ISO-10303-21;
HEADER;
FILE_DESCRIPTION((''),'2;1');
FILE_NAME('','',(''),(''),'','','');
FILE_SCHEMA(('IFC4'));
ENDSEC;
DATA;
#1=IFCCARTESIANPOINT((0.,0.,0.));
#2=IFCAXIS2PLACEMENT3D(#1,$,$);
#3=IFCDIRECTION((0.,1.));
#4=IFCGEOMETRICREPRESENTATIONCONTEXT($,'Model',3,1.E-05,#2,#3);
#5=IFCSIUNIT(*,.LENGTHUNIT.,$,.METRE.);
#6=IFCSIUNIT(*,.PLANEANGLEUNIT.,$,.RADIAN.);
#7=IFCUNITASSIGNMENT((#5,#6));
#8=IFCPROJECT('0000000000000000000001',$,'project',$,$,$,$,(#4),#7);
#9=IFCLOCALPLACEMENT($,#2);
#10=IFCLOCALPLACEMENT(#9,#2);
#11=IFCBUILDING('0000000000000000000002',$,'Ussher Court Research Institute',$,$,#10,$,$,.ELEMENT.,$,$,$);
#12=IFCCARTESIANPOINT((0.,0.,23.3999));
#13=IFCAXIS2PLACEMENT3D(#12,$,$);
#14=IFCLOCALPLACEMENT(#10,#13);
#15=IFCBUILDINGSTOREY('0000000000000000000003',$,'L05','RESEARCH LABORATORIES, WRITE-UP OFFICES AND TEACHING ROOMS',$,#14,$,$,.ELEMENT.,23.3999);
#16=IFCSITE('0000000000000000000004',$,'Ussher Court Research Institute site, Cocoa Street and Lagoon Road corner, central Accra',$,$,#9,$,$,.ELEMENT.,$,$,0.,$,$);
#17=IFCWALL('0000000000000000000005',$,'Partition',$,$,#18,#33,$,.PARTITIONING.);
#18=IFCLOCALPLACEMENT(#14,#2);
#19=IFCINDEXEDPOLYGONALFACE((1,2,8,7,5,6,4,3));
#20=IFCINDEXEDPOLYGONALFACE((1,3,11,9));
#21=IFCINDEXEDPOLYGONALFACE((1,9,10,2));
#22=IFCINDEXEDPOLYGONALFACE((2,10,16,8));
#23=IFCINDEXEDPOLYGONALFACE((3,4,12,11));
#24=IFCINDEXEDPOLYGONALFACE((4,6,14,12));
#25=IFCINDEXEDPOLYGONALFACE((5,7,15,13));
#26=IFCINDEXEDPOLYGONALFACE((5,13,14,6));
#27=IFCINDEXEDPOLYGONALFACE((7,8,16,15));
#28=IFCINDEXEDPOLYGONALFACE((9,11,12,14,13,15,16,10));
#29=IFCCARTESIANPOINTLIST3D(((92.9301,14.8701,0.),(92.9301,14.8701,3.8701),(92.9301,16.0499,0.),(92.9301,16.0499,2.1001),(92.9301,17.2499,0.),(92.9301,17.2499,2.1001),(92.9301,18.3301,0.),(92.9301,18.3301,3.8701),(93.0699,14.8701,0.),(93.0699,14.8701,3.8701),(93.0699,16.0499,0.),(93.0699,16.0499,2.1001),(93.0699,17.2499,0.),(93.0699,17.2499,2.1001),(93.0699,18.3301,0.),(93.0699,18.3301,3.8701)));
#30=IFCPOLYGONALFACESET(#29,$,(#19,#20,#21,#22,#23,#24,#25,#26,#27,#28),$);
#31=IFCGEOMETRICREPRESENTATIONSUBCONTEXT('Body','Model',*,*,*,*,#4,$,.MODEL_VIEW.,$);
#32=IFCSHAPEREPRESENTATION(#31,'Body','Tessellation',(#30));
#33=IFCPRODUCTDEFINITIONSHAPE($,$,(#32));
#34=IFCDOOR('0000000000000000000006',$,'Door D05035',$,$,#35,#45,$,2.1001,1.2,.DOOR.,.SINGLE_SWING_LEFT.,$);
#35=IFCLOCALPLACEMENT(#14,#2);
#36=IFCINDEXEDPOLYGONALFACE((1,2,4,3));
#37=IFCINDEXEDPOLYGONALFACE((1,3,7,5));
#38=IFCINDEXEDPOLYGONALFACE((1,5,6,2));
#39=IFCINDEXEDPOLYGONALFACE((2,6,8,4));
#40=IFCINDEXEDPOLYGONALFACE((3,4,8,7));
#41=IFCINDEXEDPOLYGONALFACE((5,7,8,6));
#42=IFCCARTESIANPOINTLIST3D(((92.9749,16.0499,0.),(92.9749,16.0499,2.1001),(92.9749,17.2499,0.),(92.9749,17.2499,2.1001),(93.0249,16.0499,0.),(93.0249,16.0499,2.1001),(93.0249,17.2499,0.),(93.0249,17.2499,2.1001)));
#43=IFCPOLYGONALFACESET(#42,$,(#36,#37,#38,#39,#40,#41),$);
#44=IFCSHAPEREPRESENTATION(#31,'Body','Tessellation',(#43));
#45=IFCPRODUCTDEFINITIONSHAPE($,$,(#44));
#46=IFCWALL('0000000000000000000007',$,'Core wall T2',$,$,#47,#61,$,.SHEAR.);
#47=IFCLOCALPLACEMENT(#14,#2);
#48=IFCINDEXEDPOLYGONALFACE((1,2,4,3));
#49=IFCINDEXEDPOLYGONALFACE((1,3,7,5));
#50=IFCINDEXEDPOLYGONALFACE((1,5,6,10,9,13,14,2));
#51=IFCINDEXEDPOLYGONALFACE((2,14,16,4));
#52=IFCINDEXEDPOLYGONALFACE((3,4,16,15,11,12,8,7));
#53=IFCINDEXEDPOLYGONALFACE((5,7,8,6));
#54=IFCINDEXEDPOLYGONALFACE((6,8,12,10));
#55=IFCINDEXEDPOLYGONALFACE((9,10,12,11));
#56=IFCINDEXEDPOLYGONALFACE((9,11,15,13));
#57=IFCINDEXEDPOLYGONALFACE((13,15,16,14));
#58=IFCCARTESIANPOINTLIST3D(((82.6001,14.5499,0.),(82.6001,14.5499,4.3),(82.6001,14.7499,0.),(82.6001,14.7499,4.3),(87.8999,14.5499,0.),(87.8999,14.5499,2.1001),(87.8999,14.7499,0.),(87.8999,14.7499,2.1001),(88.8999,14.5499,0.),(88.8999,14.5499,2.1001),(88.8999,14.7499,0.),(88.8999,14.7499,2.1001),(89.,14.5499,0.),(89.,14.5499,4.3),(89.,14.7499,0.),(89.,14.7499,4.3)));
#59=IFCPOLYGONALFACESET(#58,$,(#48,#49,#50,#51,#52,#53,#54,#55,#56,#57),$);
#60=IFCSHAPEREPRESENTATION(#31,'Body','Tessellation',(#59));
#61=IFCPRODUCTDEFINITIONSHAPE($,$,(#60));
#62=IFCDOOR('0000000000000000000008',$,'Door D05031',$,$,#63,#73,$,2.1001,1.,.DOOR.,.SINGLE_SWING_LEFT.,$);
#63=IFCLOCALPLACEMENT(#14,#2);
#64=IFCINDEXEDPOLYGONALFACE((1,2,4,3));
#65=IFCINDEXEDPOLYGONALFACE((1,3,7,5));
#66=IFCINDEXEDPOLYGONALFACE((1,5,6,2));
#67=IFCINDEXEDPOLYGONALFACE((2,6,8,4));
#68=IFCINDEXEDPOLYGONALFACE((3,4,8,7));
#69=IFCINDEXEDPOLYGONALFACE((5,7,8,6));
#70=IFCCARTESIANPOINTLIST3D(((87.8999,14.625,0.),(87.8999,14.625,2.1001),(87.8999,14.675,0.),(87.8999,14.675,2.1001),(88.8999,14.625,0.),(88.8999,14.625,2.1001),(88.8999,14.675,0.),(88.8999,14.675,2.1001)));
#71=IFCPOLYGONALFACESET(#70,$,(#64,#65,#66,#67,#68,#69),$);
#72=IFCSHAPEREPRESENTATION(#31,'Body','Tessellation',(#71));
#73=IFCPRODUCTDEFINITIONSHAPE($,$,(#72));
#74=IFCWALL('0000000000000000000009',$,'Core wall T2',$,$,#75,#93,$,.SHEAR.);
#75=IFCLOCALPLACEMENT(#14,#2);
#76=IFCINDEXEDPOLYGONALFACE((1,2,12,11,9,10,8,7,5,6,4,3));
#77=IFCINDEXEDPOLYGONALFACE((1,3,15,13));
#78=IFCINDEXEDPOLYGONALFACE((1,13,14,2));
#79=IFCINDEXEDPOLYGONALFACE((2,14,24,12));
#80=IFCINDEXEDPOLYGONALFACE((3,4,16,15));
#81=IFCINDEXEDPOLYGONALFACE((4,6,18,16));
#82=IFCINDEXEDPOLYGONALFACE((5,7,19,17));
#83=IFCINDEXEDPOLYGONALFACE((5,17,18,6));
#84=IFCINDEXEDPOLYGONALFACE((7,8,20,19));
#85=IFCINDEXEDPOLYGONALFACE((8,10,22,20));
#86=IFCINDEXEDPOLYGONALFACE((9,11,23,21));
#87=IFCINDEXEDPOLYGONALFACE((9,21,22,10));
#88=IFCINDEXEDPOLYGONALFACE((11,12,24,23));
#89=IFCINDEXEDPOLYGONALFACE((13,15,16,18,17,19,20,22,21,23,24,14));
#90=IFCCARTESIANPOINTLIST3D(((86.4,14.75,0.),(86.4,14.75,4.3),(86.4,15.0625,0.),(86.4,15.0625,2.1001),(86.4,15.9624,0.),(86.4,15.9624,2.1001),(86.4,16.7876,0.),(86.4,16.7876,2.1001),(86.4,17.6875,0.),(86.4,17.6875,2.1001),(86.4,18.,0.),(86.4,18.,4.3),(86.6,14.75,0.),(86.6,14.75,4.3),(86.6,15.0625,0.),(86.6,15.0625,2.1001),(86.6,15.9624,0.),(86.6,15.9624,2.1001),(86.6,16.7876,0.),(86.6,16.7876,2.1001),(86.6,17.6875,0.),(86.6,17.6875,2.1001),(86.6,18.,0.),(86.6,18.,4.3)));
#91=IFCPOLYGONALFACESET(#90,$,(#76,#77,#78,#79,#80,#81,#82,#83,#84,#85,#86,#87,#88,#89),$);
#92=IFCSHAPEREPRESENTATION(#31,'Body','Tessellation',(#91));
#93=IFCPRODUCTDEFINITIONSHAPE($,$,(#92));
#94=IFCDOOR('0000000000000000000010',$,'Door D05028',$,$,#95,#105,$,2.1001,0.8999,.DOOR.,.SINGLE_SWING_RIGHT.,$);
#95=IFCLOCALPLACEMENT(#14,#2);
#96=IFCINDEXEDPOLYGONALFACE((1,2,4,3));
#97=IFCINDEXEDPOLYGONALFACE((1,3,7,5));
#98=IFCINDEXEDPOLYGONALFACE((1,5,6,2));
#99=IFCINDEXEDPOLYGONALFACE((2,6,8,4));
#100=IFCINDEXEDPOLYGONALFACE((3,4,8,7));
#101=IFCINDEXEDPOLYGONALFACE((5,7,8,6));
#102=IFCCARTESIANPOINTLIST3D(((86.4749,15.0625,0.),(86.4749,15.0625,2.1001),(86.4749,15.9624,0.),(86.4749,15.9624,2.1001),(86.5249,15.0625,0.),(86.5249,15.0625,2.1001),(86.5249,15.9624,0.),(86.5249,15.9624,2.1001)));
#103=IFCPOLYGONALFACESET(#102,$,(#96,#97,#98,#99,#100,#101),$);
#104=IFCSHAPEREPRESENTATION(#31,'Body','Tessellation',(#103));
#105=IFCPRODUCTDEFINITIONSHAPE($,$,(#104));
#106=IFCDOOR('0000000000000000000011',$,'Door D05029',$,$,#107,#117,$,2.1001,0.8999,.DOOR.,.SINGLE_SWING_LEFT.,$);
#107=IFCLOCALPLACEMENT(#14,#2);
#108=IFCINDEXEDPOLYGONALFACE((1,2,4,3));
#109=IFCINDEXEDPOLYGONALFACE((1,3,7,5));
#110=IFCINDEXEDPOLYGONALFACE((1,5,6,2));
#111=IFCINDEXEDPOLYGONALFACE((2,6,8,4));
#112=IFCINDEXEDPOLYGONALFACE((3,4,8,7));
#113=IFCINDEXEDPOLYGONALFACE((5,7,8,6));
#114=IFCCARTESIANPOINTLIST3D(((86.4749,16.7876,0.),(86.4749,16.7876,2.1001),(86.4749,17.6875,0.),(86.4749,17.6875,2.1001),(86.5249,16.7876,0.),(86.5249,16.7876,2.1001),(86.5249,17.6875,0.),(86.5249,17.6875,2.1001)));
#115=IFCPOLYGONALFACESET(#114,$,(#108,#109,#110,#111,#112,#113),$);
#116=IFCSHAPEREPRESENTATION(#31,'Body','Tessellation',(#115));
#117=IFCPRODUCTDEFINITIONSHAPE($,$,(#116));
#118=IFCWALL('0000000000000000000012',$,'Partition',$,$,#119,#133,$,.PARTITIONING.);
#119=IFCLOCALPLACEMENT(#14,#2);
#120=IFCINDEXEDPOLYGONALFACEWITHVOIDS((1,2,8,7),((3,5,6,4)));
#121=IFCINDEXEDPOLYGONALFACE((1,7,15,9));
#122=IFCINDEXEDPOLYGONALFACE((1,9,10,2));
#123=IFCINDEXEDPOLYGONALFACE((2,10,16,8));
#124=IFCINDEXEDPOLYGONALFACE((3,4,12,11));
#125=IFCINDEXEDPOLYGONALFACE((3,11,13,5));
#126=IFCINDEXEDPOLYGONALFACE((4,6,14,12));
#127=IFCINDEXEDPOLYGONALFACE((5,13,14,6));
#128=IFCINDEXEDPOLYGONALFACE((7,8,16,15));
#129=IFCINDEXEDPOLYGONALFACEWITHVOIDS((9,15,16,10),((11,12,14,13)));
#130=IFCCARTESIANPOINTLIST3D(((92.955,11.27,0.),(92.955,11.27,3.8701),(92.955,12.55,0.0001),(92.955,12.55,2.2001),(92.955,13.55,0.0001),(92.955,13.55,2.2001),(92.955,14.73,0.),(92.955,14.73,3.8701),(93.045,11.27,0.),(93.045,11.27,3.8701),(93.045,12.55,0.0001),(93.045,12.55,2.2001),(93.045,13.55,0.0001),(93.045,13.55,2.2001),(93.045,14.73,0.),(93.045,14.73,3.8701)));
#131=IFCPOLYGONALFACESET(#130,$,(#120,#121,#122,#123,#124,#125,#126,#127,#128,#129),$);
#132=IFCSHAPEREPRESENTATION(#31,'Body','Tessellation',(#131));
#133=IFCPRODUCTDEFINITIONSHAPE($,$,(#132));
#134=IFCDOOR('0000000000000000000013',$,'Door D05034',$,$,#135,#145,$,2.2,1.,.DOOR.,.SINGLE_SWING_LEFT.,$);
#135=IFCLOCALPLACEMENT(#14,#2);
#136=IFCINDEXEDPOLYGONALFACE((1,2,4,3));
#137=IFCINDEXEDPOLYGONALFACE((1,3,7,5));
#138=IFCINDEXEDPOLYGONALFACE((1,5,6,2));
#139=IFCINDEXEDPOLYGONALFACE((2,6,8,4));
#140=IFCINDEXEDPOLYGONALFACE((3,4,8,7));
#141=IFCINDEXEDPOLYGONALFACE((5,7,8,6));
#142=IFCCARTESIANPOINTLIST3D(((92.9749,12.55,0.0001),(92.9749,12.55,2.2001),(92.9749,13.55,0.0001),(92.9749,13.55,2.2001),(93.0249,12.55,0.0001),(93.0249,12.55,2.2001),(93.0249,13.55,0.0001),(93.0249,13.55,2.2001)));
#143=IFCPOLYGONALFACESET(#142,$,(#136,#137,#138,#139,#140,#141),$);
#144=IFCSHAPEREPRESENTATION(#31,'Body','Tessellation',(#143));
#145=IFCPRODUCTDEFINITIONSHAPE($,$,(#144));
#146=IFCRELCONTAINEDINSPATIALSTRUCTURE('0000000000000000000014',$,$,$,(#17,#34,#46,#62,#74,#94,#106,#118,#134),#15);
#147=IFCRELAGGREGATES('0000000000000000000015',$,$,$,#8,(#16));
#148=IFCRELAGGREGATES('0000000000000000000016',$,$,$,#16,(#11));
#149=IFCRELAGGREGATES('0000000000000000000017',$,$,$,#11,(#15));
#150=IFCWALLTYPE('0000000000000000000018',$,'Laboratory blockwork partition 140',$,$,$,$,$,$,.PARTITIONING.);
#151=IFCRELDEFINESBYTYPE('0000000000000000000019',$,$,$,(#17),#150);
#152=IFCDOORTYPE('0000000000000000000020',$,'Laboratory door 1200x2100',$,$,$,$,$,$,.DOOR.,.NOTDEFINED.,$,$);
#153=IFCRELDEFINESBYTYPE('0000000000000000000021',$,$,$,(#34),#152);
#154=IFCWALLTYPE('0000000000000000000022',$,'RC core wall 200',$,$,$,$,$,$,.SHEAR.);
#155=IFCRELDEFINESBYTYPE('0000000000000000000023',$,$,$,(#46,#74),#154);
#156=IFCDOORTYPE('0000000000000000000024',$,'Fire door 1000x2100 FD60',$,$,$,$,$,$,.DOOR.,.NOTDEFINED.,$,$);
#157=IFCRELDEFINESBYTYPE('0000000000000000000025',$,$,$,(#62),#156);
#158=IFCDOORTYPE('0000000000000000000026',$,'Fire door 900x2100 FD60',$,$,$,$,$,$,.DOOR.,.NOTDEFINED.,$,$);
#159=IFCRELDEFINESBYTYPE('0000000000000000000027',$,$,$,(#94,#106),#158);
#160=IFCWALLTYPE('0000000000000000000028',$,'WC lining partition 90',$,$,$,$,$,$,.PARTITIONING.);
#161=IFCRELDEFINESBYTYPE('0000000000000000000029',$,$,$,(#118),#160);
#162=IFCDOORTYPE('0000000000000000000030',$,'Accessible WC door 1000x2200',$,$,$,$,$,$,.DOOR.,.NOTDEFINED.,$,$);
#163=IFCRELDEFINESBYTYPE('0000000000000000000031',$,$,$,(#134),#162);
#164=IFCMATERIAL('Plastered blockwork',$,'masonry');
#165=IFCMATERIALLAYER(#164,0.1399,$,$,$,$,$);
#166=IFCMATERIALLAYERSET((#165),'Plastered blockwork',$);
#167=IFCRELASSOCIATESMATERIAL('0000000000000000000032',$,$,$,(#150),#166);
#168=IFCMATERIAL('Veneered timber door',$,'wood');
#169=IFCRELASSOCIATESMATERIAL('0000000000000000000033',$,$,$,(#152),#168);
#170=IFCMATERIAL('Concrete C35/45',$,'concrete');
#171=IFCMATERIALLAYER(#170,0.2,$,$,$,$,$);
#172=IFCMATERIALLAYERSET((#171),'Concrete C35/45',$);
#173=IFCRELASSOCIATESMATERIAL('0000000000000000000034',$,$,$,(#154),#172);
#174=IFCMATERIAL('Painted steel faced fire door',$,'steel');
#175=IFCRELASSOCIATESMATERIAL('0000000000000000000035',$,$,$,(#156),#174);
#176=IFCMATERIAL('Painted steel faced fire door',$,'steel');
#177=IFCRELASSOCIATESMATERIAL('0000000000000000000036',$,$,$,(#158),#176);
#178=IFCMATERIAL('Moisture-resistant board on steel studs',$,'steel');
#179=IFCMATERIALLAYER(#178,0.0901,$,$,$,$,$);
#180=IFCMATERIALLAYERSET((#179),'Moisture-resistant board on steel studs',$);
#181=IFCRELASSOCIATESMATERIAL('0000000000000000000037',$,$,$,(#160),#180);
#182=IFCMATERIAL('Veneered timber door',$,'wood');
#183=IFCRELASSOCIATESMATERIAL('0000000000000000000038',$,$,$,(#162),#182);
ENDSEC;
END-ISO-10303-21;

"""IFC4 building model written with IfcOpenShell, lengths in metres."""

from ifc_helpers import new_model, si_unit, direction, frame, frame_2d, origin, place, context, subcontext, project, spatial, rectangle, extrude, material, layer, layer_set, type_object, element, fill, save


model = new_model("IFC4")

# Units and contexts
model_context = context("Model", 3, precision=1e-05, world=origin(), true_north=direction((0.0, 1.0)))
body_context = subcontext(model_context, "Body", "Model", "MODEL_VIEW")
ifc_project = project(units=[si_unit("LENGTHUNIT", "METRE"), si_unit("PLANEANGLEUNIT", "RADIAN")], contexts=[model_context])

# Site, building, storey
site_placement = place(None, origin())
site = spatial("IfcSite", under=ifc_project, at=site_placement, Name="Ussher Court Research Institute site, Cocoa Street and Lagoon Road corner, central Accra", CompositionType="ELEMENT", RefElevation=0.0)
building_placement = place(site_placement, origin())
building = spatial("IfcBuilding", under=site, at=building_placement, Name="Ussher Court Research Institute", CompositionType="ELEMENT")
storey_placement = place(building_placement, frame((0.0, 0.0, 23.3999)))
storey = spatial("IfcBuildingStorey", under=building, at=storey_placement, Name="L05", Description="RESEARCH LABORATORIES, WRITE-UP OFFICES AND TEACHING ROOMS", CompositionType="ELEMENT", Elevation=23.3999)

# Shared definitions
ifc_material_1 = material(Name="Plastered blockwork", Category="masonry")
ifc_layer_1 = layer(ifc_material_1, 0.1399)
ifc_layer_set_1 = layer_set([ifc_layer_1], Name="Plastered blockwork")
wall_type_1 = type_object("IfcWallType", Name="Laboratory blockwork partition 140", PredefinedType="PARTITIONING", material=ifc_layer_set_1)

# Walls, openings, doors
wall_1_placement = place(storey_placement, frame((93.0, 18.3301, 0.0), z_axis=(0.0, 0.0, 1.0), x_axis=(0.0, -1.0, 0.0)))
wall_1 = element("IfcWall", 1, at=wall_1_placement, inside=storey, type_object=wall_type_1, Name="Partition", PredefinedType="PARTITIONING", context=body_context, shape_type="SweptSolid", body=[
    extrude(rectangle(XDim=3.46, YDim=0.1399, at=frame_2d((1.73, 0.0))), origin(), (0.0, 0.0, 1.0), 3.8701),
])
opening_1_placement = place(wall_1_placement, frame((1.0801, 0.0, 0.0)))
opening_1 = element("IfcOpeningElement", 2, at=opening_1_placement, cuts=wall_1, PredefinedType="OPENING", context=body_context, shape_type="SweptSolid", body=[
    extrude(rectangle(XDim=1.2, YDim=2.1001, at=frame_2d((0.6001, 1.05))), frame((0.0, 0.0801, 0.0), z_axis=(0.0, -1.0, 0.0), x_axis=(1.0, 0.0, 0.0)), (0.0, 0.0, 1.0), 0.1599),
])
ifc_material_2 = material(Name="Veneered timber door", Category="wood")
door_type_1 = type_object("IfcDoorType", Name="Laboratory door 1200x2100", OperationType="NOTDEFINED", PredefinedType="DOOR", material=ifc_material_2)
door_1_placement = place(opening_1_placement, origin())
door_1 = element("IfcDoor", 3, at=door_1_placement, inside=storey, type_object=door_type_1, Name="Door D05035", OperationType="SINGLE_SWING_LEFT", OverallHeight=2.1001, OverallWidth=1.2, PredefinedType="DOOR", context=body_context, shape_type="SweptSolid", body=[
    extrude(rectangle(XDim=1.2, YDim=2.1001, at=frame_2d((0.6001, 1.05))), frame((0.0, 0.0249, 0.0), z_axis=(0.0, -1.0, 0.0), x_axis=(1.0, 0.0, 0.0)), (0.0, 0.0, 1.0), 0.05),
])
fill(opening_1, door_1)
ifc_material_3 = material(Name="Concrete C35/45", Category="concrete")
ifc_layer_2 = layer(ifc_material_3, 0.2)
ifc_layer_set_2 = layer_set([ifc_layer_2], Name="Concrete C35/45")
wall_type_2 = type_object("IfcWallType", Name="RC core wall 200", PredefinedType="SHEAR", material=ifc_layer_set_2)
wall_2_placement = place(storey_placement, frame((89.0, 14.6499, 0.0), z_axis=(0.0, 0.0, 1.0), x_axis=(-1.0, 0.0, 0.0)))
wall_2 = element("IfcWall", 4, at=wall_2_placement, inside=storey, type_object=wall_type_2, Name="Core wall T2", PredefinedType="SHEAR", context=body_context, shape_type="SweptSolid", body=[
    extrude(rectangle(XDim=6.3999, YDim=0.2, at=frame_2d((3.2, 0.0))), origin(), (0.0, 0.0, 1.0), 4.3),
])
opening_2_placement = place(wall_2_placement, frame((0.1001, 0.0, 0.0)))
opening_2 = element("IfcOpeningElement", 5, at=opening_2_placement, cuts=wall_2, PredefinedType="OPENING", context=body_context, shape_type="SweptSolid", body=[
    extrude(rectangle(XDim=1.0, YDim=2.1001, at=frame_2d((0.5, 1.05))), frame((0.0, 0.1099, 0.0), z_axis=(0.0, -1.0, 0.0), x_axis=(1.0, 0.0, 0.0)), (0.0, 0.0, 1.0), 0.22),
])
ifc_material_4 = material(Name="Painted steel faced fire door", Category="steel")
door_type_2 = type_object("IfcDoorType", Name="Fire door 1000x2100 FD60", OperationType="NOTDEFINED", PredefinedType="DOOR", material=ifc_material_4)
door_2_placement = place(opening_2_placement, origin())
door_2 = element("IfcDoor", 6, at=door_2_placement, inside=storey, type_object=door_type_2, Name="Door D05031", OperationType="SINGLE_SWING_LEFT", OverallHeight=2.1001, OverallWidth=1.0, PredefinedType="DOOR", context=body_context, shape_type="SweptSolid", body=[
    extrude(rectangle(XDim=1.0, YDim=2.1001, at=frame_2d((0.5, 1.05))), frame((0.0, 0.0249, 0.0), z_axis=(0.0, -1.0, 0.0), x_axis=(1.0, 0.0, 0.0)), (0.0, 0.0, 1.0), 0.05),
])
fill(opening_2, door_2)

# Wall, openings, doors
wall_3_placement = place(storey_placement, frame((86.5, 18.0, 0.0), z_axis=(0.0, 0.0, 1.0), x_axis=(0.0, -1.0, 0.0)))
wall_3 = element("IfcWall", 7, at=wall_3_placement, inside=storey, type_object=wall_type_2, Name="Core wall T2", PredefinedType="SHEAR", context=body_context, shape_type="SweptSolid", body=[
    extrude(rectangle(XDim=3.25, YDim=0.2, at=frame_2d((1.625, 0.0))), origin(), (0.0, 0.0, 1.0), 4.3),
])
opening_3_placement = place(wall_3_placement, frame((2.0376, 0.0, 0.0)))
opening_3 = element("IfcOpeningElement", 8, at=opening_3_placement, cuts=wall_3, PredefinedType="OPENING", context=body_context, shape_type="SweptSolid", body=[
    extrude(rectangle(XDim=0.8999, YDim=2.1001, at=frame_2d((0.45, 1.05))), frame((0.0, 0.1099, 0.0), z_axis=(0.0, -1.0, 0.0), x_axis=(1.0, 0.0, 0.0)), (0.0, 0.0, 1.0), 0.22),
])
opening_4_placement = place(wall_3_placement, frame((0.3125, 0.0, 0.0)))
opening_4 = element("IfcOpeningElement", 9, at=opening_4_placement, cuts=wall_3, PredefinedType="OPENING", context=body_context, shape_type="SweptSolid", body=[
    extrude(rectangle(XDim=0.8999, YDim=2.1001, at=frame_2d((0.45, 1.05))), frame((0.0, 0.1099, 0.0), z_axis=(0.0, -1.0, 0.0), x_axis=(1.0, 0.0, 0.0)), (0.0, 0.0, 1.0), 0.22),
])
ifc_material_5 = material(Name="Painted steel faced fire door", Category="steel")
door_type_3 = type_object("IfcDoorType", Name="Fire door 900x2100 FD60", OperationType="NOTDEFINED", PredefinedType="DOOR", material=ifc_material_5)
door_3_placement = place(opening_3_placement, origin())
door_3 = element("IfcDoor", 10, at=door_3_placement, inside=storey, type_object=door_type_3, Name="Door D05028", OperationType="SINGLE_SWING_RIGHT", OverallHeight=2.1001, OverallWidth=0.8999, PredefinedType="DOOR", context=body_context, shape_type="SweptSolid", body=[
    extrude(rectangle(XDim=0.8999, YDim=2.1001, at=frame_2d((0.45, 1.05))), frame((0.0, 0.0249, 0.0), z_axis=(0.0, -1.0, 0.0), x_axis=(1.0, 0.0, 0.0)), (0.0, 0.0, 1.0), 0.05),
])
fill(opening_3, door_3)
door_4_placement = place(opening_4_placement, origin())
door_4 = element("IfcDoor", 11, at=door_4_placement, inside=storey, type_object=door_type_3, Name="Door D05029", OperationType="SINGLE_SWING_LEFT", OverallHeight=2.1001, OverallWidth=0.8999, PredefinedType="DOOR", context=body_context, shape_type="SweptSolid", body=[
    extrude(rectangle(XDim=0.8999, YDim=2.1001, at=frame_2d((0.45, 1.05))), frame((0.0, 0.0249, 0.0), z_axis=(0.0, -1.0, 0.0), x_axis=(1.0, 0.0, 0.0)), (0.0, 0.0, 1.0), 0.05),
])
fill(opening_4, door_4)

# Wall, opening, door
ifc_material_6 = material(Name="Moisture-resistant board on steel studs", Category="steel")
ifc_layer_3 = layer(ifc_material_6, 0.0901)
ifc_layer_set_3 = layer_set([ifc_layer_3], Name="Moisture-resistant board on steel studs")
wall_type_3 = type_object("IfcWallType", Name="WC lining partition 90", PredefinedType="PARTITIONING", material=ifc_layer_set_3)
wall_4_placement = place(storey_placement, frame((93.0, 14.73, 0.0), z_axis=(0.0, 0.0, 1.0), x_axis=(0.0, -1.0, 0.0)))
wall_4 = element("IfcWall", 12, at=wall_4_placement, inside=storey, type_object=wall_type_3, Name="Partition", PredefinedType="PARTITIONING", context=body_context, shape_type="SweptSolid", body=[
    extrude(rectangle(XDim=3.46, YDim=0.0901, at=frame_2d((1.73, 0.0))), origin(), (0.0, 0.0, 1.0), 3.8701),
])
opening_5_placement = place(wall_4_placement, frame((1.1799, 0.0, 0.0)))
opening_5 = element("IfcOpeningElement", 13, at=opening_5_placement, cuts=wall_4, PredefinedType="OPENING", context=body_context, shape_type="SweptSolid", body=[
    extrude(rectangle(XDim=1.0, YDim=2.2, at=frame_2d((0.5, 1.1001))), frame((0.0, 0.0552, 0.0), z_axis=(0.0, -1.0, 0.0), x_axis=(1.0, 0.0, 0.0)), (0.0, 0.0, 1.0), 0.1101),
])
ifc_material_7 = material(Name="Veneered timber door", Category="wood")
door_type_4 = type_object("IfcDoorType", Name="Accessible WC door 1000x2200", OperationType="NOTDEFINED", PredefinedType="DOOR", material=ifc_material_7)
door_5_placement = place(opening_5_placement, origin())
door_5 = element("IfcDoor", 14, at=door_5_placement, inside=storey, type_object=door_type_4, Name="Door D05034", OperationType="SINGLE_SWING_LEFT", OverallHeight=2.2, OverallWidth=1.0, PredefinedType="DOOR", context=body_context, shape_type="SweptSolid", body=[
    extrude(rectangle(XDim=1.0, YDim=2.2, at=frame_2d((0.5, 1.1001))), frame((0.0, 0.0249, 0.0), z_axis=(0.0, -1.0, 0.0), x_axis=(1.0, 0.0, 0.0)), (0.0, 0.0, 1.0), 0.05),
])
fill(opening_5, door_5)

save(model, "model.ifc")
